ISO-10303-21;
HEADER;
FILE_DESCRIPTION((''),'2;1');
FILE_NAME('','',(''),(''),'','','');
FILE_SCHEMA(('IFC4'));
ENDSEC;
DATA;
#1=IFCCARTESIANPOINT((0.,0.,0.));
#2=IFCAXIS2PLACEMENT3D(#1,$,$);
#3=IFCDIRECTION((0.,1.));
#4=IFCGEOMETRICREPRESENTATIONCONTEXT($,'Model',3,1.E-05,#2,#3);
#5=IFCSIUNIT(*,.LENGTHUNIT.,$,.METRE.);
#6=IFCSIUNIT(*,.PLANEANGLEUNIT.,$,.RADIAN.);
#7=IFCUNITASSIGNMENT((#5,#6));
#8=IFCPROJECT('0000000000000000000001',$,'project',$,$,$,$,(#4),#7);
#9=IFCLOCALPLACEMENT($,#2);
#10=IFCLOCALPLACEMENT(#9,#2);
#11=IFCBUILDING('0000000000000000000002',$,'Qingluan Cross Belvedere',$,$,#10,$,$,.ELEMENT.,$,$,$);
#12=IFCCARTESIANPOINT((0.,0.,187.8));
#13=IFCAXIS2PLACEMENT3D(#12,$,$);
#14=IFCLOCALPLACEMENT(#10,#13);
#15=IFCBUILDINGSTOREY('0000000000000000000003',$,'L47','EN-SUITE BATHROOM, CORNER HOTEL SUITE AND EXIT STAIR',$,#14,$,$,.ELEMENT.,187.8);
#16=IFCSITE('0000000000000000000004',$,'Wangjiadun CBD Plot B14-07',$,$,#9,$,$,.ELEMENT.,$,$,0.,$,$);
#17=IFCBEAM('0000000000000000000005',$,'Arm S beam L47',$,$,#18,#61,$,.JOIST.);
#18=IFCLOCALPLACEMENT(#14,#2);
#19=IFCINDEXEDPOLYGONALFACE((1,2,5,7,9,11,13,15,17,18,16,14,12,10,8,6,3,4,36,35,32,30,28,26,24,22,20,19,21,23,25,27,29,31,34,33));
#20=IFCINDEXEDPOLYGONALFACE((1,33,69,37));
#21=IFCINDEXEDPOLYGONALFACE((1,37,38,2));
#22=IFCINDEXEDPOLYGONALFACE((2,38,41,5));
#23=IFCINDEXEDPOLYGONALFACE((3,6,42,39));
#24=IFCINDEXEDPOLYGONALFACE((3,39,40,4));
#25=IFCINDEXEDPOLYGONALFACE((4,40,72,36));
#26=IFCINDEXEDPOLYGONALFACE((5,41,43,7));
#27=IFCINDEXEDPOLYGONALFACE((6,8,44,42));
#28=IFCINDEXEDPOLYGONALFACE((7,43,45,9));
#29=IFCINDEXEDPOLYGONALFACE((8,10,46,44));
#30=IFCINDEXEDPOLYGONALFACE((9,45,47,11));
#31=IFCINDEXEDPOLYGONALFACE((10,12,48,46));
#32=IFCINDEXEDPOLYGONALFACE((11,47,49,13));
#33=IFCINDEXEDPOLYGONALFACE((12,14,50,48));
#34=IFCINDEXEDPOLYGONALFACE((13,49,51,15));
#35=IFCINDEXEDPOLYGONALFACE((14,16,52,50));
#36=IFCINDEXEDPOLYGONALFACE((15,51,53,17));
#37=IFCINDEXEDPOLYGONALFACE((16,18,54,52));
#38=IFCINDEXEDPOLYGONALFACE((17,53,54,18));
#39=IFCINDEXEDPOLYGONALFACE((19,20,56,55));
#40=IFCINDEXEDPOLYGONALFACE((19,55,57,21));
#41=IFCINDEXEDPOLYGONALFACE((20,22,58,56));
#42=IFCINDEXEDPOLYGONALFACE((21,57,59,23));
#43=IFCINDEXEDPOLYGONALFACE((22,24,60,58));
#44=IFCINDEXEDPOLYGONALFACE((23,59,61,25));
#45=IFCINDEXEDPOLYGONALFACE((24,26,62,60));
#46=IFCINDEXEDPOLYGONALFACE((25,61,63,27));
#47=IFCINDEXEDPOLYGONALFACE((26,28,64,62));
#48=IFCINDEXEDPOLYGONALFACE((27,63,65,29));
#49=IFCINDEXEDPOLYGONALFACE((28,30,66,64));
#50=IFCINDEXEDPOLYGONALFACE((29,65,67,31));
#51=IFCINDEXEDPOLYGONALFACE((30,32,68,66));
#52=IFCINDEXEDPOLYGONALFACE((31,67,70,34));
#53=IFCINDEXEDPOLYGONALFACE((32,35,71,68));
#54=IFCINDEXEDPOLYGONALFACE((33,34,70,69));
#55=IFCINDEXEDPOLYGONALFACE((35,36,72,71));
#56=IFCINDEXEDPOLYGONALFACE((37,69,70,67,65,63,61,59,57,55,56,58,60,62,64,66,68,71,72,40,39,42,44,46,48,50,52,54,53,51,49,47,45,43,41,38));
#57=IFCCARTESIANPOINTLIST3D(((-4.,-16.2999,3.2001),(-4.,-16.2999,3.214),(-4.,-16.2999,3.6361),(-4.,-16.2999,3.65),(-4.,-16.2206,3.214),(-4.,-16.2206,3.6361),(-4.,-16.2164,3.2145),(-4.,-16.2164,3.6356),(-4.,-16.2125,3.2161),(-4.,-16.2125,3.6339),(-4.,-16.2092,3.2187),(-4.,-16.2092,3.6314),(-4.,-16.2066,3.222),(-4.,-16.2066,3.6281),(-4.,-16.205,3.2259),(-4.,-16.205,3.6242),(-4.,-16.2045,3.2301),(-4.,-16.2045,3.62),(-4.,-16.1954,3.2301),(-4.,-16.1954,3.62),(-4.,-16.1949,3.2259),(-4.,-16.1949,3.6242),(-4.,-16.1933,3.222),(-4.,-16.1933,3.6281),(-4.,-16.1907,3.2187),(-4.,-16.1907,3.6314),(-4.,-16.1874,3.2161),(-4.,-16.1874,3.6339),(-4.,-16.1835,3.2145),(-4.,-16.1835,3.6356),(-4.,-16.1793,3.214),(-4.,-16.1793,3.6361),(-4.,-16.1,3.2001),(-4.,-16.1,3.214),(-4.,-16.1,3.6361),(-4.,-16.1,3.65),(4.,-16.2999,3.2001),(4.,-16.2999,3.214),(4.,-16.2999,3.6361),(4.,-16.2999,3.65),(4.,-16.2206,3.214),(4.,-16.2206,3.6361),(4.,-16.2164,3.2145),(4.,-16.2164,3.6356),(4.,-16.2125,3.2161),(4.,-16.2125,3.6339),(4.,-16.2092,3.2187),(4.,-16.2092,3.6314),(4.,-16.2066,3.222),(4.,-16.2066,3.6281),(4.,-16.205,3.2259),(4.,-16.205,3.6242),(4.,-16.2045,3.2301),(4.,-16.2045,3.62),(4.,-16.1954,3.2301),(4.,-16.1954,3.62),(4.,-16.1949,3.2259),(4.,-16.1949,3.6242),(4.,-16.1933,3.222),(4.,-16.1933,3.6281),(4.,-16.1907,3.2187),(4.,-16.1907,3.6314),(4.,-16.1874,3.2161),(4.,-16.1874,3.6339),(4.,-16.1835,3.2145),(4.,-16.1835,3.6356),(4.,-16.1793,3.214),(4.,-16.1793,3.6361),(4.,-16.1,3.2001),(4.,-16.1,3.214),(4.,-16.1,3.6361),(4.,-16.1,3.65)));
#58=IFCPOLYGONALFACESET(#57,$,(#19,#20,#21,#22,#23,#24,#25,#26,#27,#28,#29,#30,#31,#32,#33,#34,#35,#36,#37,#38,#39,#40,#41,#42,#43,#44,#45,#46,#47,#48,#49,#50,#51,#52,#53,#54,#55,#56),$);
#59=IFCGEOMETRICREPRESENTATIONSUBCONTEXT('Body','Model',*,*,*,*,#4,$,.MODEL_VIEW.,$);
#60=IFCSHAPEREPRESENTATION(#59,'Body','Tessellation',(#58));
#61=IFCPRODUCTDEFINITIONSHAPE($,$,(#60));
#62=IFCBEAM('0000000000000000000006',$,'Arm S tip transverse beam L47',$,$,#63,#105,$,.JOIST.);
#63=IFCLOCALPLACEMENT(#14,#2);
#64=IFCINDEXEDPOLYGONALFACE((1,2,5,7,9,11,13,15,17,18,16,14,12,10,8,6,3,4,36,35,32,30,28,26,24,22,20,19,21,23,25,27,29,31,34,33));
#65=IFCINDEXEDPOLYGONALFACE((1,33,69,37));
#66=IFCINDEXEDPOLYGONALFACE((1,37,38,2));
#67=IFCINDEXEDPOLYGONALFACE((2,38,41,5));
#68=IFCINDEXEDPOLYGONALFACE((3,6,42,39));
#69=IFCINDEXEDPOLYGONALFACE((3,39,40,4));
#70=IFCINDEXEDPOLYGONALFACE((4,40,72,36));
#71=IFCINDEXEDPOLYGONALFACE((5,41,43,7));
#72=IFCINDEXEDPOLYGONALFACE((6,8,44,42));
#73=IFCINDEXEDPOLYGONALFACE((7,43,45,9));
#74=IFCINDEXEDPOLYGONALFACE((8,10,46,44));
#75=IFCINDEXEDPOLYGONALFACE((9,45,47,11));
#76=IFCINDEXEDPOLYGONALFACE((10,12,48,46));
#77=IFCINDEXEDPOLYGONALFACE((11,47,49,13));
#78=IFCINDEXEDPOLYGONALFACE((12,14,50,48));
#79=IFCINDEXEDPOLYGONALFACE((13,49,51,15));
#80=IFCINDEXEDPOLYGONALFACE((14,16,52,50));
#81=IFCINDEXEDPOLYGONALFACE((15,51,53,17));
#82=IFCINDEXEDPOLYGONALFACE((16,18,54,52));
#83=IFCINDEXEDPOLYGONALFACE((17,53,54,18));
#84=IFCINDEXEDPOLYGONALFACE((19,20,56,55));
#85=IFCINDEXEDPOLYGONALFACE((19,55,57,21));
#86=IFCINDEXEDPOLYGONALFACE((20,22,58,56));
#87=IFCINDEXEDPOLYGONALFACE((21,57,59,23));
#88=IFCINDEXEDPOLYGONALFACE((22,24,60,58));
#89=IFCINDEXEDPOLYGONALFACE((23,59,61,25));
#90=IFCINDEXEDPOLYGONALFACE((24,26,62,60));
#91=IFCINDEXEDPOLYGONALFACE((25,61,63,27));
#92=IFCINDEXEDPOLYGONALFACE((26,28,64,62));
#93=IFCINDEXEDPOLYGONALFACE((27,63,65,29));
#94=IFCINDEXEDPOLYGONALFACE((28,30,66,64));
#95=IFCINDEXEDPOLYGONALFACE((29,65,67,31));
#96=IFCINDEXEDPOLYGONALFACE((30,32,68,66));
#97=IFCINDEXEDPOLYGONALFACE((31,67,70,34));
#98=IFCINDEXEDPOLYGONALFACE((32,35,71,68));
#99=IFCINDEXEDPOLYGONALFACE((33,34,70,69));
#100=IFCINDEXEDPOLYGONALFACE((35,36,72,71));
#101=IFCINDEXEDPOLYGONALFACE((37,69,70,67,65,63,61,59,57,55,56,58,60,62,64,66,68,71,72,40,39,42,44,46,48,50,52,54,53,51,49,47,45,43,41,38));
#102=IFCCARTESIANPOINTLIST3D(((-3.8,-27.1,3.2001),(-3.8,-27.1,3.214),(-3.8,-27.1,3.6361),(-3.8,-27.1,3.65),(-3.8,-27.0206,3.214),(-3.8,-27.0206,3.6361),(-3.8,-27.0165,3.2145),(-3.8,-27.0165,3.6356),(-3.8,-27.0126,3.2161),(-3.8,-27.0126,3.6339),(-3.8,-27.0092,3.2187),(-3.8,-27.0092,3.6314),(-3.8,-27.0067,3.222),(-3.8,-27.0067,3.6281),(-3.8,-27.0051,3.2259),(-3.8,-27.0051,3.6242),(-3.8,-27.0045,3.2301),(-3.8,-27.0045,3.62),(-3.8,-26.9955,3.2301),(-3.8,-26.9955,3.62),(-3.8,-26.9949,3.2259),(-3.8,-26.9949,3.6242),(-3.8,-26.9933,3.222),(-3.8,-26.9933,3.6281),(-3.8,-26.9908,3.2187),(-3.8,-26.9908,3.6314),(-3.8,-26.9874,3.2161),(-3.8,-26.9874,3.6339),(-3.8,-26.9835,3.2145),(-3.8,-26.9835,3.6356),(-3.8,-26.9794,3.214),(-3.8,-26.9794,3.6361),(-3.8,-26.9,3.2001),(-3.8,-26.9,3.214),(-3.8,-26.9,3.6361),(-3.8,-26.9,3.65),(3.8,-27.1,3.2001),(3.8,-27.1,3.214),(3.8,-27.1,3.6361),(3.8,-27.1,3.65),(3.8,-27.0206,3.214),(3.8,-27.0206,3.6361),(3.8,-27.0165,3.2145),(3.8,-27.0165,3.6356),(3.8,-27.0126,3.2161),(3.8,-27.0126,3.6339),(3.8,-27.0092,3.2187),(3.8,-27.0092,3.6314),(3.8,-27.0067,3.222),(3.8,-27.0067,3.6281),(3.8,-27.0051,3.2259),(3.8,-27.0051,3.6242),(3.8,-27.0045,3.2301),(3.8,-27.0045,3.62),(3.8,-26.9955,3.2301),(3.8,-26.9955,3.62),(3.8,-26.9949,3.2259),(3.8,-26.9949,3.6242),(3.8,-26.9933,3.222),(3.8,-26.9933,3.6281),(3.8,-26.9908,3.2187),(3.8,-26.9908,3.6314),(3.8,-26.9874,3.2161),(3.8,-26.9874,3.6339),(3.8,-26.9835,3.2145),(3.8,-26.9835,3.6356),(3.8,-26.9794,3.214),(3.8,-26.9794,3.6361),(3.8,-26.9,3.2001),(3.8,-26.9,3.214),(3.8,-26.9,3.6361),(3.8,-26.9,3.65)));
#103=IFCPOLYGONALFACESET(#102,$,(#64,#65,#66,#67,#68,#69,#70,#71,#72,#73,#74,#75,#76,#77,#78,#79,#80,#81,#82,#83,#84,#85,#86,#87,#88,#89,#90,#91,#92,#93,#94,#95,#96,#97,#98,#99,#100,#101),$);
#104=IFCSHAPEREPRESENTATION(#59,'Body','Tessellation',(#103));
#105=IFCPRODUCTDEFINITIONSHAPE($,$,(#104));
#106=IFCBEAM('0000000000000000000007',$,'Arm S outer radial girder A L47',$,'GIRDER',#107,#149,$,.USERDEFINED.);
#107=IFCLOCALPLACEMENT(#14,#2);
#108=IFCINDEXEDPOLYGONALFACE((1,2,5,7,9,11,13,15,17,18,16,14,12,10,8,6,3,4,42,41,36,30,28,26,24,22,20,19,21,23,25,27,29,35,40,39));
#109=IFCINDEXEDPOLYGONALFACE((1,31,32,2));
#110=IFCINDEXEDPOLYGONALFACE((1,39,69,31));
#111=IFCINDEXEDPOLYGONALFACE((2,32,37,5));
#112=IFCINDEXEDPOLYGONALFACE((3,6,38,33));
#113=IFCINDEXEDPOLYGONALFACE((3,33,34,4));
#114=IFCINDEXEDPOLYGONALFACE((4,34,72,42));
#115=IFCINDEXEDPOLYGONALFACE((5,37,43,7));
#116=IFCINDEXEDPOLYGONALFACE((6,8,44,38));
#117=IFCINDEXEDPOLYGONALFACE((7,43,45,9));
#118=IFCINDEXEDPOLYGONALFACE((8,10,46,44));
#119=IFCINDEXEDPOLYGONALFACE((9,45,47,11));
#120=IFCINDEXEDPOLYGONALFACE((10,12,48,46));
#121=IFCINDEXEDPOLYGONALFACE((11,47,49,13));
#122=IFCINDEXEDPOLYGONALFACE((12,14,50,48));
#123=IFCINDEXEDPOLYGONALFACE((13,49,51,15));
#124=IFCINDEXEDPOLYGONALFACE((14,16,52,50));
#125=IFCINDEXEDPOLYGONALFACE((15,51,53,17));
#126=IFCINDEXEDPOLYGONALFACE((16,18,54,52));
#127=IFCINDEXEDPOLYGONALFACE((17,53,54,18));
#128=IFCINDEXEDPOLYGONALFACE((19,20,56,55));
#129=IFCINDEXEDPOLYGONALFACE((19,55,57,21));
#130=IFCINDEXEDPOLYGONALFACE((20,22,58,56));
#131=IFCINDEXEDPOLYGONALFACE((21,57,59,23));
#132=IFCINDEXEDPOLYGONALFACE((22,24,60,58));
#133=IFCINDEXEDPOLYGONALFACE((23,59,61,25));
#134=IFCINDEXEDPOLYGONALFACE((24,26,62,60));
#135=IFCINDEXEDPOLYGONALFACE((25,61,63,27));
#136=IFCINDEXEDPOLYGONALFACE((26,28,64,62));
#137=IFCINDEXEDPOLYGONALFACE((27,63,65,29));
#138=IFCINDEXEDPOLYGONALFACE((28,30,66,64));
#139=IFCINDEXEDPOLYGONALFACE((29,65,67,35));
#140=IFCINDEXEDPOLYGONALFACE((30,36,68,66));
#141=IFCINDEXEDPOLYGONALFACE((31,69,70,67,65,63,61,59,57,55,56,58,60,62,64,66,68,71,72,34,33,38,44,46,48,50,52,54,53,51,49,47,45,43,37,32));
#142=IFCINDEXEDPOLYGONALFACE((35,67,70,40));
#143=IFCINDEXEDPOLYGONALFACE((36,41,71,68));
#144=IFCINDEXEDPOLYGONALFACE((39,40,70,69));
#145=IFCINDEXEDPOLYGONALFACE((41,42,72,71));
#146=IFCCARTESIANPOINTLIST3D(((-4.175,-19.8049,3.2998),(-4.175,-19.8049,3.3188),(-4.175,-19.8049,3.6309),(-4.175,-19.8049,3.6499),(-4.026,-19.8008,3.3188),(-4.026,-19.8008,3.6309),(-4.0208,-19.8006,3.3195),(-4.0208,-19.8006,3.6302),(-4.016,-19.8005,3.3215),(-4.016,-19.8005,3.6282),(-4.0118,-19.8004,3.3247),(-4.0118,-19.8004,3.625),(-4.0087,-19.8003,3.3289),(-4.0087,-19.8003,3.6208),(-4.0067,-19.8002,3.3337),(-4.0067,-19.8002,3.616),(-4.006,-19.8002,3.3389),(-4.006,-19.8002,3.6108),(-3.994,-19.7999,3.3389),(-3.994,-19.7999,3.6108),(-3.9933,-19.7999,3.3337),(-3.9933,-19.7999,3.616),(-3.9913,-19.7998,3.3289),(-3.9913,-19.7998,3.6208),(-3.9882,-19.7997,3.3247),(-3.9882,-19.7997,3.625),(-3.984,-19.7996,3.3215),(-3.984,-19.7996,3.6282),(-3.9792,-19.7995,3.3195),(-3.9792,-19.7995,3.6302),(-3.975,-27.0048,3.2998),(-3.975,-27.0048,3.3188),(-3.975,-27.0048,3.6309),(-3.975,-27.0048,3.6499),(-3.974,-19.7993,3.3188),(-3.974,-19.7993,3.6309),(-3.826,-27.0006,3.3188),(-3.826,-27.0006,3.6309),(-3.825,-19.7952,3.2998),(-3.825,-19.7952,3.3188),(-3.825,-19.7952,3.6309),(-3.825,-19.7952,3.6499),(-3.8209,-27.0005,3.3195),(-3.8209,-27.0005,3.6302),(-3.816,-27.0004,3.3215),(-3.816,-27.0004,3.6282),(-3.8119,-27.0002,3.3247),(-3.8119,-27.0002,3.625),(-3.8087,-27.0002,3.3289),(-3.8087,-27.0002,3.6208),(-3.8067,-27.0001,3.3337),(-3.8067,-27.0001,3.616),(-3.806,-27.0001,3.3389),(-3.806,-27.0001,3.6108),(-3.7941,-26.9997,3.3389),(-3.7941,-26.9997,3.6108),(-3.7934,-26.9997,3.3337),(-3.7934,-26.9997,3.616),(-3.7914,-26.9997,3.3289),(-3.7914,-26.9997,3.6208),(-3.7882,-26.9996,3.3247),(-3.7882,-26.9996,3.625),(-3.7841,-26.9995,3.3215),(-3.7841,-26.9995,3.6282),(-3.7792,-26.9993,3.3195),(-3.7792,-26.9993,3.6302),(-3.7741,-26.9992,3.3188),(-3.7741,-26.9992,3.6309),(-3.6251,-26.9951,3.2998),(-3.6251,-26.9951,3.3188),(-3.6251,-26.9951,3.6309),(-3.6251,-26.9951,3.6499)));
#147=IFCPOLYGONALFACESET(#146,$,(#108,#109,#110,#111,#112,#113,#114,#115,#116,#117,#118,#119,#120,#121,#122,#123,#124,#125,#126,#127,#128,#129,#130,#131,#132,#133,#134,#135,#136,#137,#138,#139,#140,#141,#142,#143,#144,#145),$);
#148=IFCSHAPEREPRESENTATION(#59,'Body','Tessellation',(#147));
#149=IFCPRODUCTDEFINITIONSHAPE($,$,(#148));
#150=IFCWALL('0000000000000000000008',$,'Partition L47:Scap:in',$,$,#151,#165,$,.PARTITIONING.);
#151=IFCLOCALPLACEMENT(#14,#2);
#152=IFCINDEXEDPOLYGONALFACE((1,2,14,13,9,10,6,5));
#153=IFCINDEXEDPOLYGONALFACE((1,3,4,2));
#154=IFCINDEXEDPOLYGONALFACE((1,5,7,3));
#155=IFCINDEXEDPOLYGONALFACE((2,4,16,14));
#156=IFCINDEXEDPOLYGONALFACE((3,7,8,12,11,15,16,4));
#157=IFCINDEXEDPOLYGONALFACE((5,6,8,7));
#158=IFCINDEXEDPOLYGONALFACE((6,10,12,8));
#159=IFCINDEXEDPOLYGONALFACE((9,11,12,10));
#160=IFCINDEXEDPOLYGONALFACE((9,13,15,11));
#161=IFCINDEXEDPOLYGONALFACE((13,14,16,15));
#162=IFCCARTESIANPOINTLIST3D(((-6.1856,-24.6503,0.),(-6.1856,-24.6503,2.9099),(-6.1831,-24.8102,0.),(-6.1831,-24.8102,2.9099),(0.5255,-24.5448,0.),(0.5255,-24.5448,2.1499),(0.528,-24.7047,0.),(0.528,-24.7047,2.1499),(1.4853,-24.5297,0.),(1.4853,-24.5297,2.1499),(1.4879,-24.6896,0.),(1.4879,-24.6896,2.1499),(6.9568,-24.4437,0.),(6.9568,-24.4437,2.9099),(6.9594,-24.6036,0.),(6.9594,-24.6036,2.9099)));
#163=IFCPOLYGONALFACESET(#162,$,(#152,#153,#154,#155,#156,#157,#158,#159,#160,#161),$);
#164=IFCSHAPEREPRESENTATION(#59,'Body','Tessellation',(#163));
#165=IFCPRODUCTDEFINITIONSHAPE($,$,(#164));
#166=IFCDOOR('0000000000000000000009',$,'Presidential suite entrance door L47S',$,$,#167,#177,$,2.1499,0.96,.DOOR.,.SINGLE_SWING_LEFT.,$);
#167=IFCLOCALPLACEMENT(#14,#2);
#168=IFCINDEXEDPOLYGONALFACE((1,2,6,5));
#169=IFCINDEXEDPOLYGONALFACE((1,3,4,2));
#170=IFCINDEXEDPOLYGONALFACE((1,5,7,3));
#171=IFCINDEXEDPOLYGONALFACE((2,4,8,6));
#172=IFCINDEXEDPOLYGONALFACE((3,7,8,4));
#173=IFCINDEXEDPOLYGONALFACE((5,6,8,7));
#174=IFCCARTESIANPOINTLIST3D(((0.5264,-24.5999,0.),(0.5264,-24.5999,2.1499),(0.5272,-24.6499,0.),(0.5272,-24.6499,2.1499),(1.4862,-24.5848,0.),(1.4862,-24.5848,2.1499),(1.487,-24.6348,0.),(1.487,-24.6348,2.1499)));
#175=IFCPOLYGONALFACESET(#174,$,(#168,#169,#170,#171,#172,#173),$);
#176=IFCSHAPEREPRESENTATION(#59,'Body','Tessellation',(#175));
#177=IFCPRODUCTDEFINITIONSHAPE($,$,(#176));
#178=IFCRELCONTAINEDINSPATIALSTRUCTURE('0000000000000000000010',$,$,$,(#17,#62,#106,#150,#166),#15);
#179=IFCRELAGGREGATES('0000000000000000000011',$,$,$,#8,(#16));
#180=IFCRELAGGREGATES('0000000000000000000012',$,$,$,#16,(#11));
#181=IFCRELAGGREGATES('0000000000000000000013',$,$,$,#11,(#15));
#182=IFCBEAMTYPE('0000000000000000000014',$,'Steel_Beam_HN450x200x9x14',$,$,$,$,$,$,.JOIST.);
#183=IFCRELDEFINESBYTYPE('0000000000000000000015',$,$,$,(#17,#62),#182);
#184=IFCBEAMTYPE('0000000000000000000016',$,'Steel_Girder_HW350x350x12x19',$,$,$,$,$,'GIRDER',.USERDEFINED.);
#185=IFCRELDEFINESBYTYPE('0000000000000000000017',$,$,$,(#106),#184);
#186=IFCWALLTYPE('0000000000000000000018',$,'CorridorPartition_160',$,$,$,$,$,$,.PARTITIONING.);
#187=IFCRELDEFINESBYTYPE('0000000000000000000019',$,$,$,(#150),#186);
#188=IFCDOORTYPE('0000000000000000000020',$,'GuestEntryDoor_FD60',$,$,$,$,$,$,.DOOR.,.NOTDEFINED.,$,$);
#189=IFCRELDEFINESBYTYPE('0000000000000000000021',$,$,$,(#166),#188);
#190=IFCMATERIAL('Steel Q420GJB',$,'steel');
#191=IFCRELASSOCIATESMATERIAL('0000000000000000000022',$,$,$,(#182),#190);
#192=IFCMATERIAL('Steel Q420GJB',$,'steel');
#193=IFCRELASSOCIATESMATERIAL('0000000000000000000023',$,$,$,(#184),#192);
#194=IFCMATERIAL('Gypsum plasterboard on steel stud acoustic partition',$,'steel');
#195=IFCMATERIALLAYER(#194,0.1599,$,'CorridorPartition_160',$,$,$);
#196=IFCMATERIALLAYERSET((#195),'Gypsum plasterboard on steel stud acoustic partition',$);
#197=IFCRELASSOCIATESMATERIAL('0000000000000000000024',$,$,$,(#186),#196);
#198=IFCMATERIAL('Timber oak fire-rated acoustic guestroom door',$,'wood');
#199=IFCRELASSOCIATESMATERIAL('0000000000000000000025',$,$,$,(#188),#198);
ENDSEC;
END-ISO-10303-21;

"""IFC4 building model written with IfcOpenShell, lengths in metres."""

from ifc_helpers import new_model, si_unit, direction, frame, frame_2d, origin, origin_2d, place, context, subcontext, project, spatial, rectangle, i_section, extrude, material, layer, layer_set, material_profile, profile_set, type_object, element, fill, save


model = new_model("IFC4")

# Units and contexts
model_context = context("Model", 3, precision=1e-05, world=origin(), true_north=direction((0.0, 1.0)))
body_context = subcontext(model_context, "Body", "Model", "MODEL_VIEW")
ifc_project = project(units=[si_unit("LENGTHUNIT", "METRE"), si_unit("PLANEANGLEUNIT", "RADIAN")], contexts=[model_context])

# Site, building, storey
site_placement = place(None, origin())
site = spatial("IfcSite", under=ifc_project, at=site_placement, Name="Wangjiadun CBD Plot B14-07", CompositionType="ELEMENT", RefElevation=0.0)
building_placement = place(site_placement, origin())
building = spatial("IfcBuilding", under=site, at=building_placement, Name="Qingluan Cross Belvedere", CompositionType="ELEMENT")
storey_placement = place(building_placement, frame((0.0, 0.0, 187.8)))
storey = spatial("IfcBuildingStorey", under=building, at=storey_placement, Name="L47", Description="EN-SUITE BATHROOM, CORNER HOTEL SUITE AND EXIT STAIR", CompositionType="ELEMENT", Elevation=187.8)

# Beams
ifc_material_1 = material(Name="Steel Q420GJB", Category="steel")
ifc_material_profile_1 = material_profile(ifc_material_1, i_section(OverallWidth=0.2, OverallDepth=0.45, WebThickness=0.009, FlangeThickness=0.0139, FilletRadius=0.0161, at=origin_2d()), Name="HN450x200x9x14")
ifc_profile_set_1 = profile_set([ifc_material_profile_1], Name="Steel Q420GJB")
beam_type_1 = type_object("IfcBeamType", Name="Steel_Beam_HN450x200x9x14", PredefinedType="JOIST", material=ifc_profile_set_1)
for number, where, z_axis, x_axis, name in (
    (1, (-4.0, -16.2, 3.425), (1.0, 0.0, 0.0), (0.0, 1.0, 0.0), "Arm S beam L47"),
):
    element("IfcBeam", number, at=place(storey_placement, frame(where, z_axis=z_axis, x_axis=x_axis)), inside=storey, type_object=beam_type_1, Name=name, PredefinedType="JOIST", context=body_context, shape_type="SweptSolid", body=[
        extrude(i_section(OverallWidth=0.2, OverallDepth=0.45, WebThickness=0.009, FlangeThickness=0.0139, FilletRadius=0.0161, at=origin_2d()), origin(), (0.0, 0.0, 1.0), 8.0),
    ])
beam_1_placement = place(storey_placement, frame((-3.8, -27.0, 3.425), z_axis=(1.0, 0.0, 0.0), x_axis=(0.0, 1.0, 0.0)))
element("IfcBeam", 2, at=beam_1_placement, inside=storey, type_object=beam_type_1, Name="Arm S tip transverse beam L47", PredefinedType="JOIST", context=body_context, shape_type="SweptSolid", body=[
    extrude(i_section(OverallWidth=0.2, OverallDepth=0.45, WebThickness=0.009, FlangeThickness=0.0139, FilletRadius=0.0161, at=origin_2d()), origin(), (0.0, 0.0, 1.0), 7.6001),
])
ifc_material_2 = material(Name="Steel Q420GJB", Category="steel")
ifc_material_profile_2 = material_profile(ifc_material_2, i_section(OverallWidth=0.3501, OverallDepth=0.3501, WebThickness=0.012, FlangeThickness=0.019, FilletRadius=0.02, at=origin_2d()), Name="HW350x350x12x19")
ifc_profile_set_2 = profile_set([ifc_material_profile_2], Name="Steel Q420GJB")
beam_type_2 = type_object("IfcBeamType", Name="Steel_Girder_HW350x350x12x19", ElementType="GIRDER", PredefinedType="USERDEFINED", material=ifc_profile_set_2)
beam_2_placement = place(storey_placement, frame((-4.0, -19.8, 3.4749), z_axis=(0.02776, -0.999615, 0.0), x_axis=(0.999615, 0.02776, 0.0)))
element("IfcBeam", 3, at=beam_2_placement, inside=storey, type_object=beam_type_2, Name="Arm S outer radial girder A L47", ObjectType="GIRDER", PredefinedType="USERDEFINED", context=body_context, shape_type="SweptSolid", body=[
    extrude(i_section(OverallWidth=0.3501, OverallDepth=0.3501, WebThickness=0.012, FlangeThickness=0.019, FilletRadius=0.02, at=origin_2d()), origin(), (0.0, 0.0, 1.0), 7.2026),
])

# Wall, opening, door
ifc_material_3 = material(Name="Gypsum plasterboard on steel stud acoustic partition", Category="steel")
ifc_layer_1 = layer(ifc_material_3, 0.1599, Name="CorridorPartition_160")
ifc_layer_set_1 = layer_set([ifc_layer_1], Name="Gypsum plasterboard on steel stud acoustic partition")
wall_type_1 = type_object("IfcWallType", Name="CorridorPartition_160", PredefinedType="PARTITIONING", material=ifc_layer_set_1)
wall_1_placement = place(storey_placement, frame((-6.1843, -24.7302, 0.0), z_axis=(0.0, 0.0, 1.0), x_axis=(0.999877, 0.015714, 0.0)))
wall_1 = element("IfcWall", 4, at=wall_1_placement, inside=storey, type_object=wall_type_1, Name="Partition L47:Scap:in", PredefinedType="PARTITIONING", context=body_context, shape_type="SweptSolid", body=[
    extrude(rectangle(XDim=13.144, YDim=0.1599, at=frame_2d((6.572, 0.0))), origin(), (0.0, 0.0, 1.0), 2.9099),
])
opening_1_placement = place(wall_1_placement, frame((6.7119, 0.0, 0.0)))
opening_1 = element("IfcOpeningElement", 5, at=opening_1_placement, cuts=wall_1, PredefinedType="OPENING", context=body_context, shape_type="SweptSolid", body=[
    extrude(rectangle(XDim=0.96, YDim=2.1499, at=frame_2d((0.48, 1.075))), frame((0.0, 0.0898, 0.0), z_axis=(0.0, -1.0, 0.0), x_axis=(1.0, 0.0, 0.0)), (0.0, 0.0, 1.0), 0.1799),
])
ifc_material_4 = material(Name="Timber oak fire-rated acoustic guestroom door", Category="wood")
door_type = type_object("IfcDoorType", Name="GuestEntryDoor_FD60", OperationType="NOTDEFINED", PredefinedType="DOOR", material=ifc_material_4)
door_placement = place(opening_1_placement, origin())
door = element("IfcDoor", 6, at=door_placement, inside=storey, type_object=door_type, Name="Presidential suite entrance door L47S", OperationType="SINGLE_SWING_LEFT", OverallHeight=2.1499, OverallWidth=0.96, PredefinedType="DOOR", context=body_context, shape_type="SweptSolid", body=[
    extrude(rectangle(XDim=0.96, YDim=2.1499, at=frame_2d((0.48, 1.075))), frame((0.0, 0.0249, 0.0), z_axis=(0.0, -1.0, 0.0), x_axis=(1.0, 0.0, 0.0)), (0.0, 0.0, 1.0), 0.05),
])
fill(opening_1, door)

save(model, "model.ifc")
